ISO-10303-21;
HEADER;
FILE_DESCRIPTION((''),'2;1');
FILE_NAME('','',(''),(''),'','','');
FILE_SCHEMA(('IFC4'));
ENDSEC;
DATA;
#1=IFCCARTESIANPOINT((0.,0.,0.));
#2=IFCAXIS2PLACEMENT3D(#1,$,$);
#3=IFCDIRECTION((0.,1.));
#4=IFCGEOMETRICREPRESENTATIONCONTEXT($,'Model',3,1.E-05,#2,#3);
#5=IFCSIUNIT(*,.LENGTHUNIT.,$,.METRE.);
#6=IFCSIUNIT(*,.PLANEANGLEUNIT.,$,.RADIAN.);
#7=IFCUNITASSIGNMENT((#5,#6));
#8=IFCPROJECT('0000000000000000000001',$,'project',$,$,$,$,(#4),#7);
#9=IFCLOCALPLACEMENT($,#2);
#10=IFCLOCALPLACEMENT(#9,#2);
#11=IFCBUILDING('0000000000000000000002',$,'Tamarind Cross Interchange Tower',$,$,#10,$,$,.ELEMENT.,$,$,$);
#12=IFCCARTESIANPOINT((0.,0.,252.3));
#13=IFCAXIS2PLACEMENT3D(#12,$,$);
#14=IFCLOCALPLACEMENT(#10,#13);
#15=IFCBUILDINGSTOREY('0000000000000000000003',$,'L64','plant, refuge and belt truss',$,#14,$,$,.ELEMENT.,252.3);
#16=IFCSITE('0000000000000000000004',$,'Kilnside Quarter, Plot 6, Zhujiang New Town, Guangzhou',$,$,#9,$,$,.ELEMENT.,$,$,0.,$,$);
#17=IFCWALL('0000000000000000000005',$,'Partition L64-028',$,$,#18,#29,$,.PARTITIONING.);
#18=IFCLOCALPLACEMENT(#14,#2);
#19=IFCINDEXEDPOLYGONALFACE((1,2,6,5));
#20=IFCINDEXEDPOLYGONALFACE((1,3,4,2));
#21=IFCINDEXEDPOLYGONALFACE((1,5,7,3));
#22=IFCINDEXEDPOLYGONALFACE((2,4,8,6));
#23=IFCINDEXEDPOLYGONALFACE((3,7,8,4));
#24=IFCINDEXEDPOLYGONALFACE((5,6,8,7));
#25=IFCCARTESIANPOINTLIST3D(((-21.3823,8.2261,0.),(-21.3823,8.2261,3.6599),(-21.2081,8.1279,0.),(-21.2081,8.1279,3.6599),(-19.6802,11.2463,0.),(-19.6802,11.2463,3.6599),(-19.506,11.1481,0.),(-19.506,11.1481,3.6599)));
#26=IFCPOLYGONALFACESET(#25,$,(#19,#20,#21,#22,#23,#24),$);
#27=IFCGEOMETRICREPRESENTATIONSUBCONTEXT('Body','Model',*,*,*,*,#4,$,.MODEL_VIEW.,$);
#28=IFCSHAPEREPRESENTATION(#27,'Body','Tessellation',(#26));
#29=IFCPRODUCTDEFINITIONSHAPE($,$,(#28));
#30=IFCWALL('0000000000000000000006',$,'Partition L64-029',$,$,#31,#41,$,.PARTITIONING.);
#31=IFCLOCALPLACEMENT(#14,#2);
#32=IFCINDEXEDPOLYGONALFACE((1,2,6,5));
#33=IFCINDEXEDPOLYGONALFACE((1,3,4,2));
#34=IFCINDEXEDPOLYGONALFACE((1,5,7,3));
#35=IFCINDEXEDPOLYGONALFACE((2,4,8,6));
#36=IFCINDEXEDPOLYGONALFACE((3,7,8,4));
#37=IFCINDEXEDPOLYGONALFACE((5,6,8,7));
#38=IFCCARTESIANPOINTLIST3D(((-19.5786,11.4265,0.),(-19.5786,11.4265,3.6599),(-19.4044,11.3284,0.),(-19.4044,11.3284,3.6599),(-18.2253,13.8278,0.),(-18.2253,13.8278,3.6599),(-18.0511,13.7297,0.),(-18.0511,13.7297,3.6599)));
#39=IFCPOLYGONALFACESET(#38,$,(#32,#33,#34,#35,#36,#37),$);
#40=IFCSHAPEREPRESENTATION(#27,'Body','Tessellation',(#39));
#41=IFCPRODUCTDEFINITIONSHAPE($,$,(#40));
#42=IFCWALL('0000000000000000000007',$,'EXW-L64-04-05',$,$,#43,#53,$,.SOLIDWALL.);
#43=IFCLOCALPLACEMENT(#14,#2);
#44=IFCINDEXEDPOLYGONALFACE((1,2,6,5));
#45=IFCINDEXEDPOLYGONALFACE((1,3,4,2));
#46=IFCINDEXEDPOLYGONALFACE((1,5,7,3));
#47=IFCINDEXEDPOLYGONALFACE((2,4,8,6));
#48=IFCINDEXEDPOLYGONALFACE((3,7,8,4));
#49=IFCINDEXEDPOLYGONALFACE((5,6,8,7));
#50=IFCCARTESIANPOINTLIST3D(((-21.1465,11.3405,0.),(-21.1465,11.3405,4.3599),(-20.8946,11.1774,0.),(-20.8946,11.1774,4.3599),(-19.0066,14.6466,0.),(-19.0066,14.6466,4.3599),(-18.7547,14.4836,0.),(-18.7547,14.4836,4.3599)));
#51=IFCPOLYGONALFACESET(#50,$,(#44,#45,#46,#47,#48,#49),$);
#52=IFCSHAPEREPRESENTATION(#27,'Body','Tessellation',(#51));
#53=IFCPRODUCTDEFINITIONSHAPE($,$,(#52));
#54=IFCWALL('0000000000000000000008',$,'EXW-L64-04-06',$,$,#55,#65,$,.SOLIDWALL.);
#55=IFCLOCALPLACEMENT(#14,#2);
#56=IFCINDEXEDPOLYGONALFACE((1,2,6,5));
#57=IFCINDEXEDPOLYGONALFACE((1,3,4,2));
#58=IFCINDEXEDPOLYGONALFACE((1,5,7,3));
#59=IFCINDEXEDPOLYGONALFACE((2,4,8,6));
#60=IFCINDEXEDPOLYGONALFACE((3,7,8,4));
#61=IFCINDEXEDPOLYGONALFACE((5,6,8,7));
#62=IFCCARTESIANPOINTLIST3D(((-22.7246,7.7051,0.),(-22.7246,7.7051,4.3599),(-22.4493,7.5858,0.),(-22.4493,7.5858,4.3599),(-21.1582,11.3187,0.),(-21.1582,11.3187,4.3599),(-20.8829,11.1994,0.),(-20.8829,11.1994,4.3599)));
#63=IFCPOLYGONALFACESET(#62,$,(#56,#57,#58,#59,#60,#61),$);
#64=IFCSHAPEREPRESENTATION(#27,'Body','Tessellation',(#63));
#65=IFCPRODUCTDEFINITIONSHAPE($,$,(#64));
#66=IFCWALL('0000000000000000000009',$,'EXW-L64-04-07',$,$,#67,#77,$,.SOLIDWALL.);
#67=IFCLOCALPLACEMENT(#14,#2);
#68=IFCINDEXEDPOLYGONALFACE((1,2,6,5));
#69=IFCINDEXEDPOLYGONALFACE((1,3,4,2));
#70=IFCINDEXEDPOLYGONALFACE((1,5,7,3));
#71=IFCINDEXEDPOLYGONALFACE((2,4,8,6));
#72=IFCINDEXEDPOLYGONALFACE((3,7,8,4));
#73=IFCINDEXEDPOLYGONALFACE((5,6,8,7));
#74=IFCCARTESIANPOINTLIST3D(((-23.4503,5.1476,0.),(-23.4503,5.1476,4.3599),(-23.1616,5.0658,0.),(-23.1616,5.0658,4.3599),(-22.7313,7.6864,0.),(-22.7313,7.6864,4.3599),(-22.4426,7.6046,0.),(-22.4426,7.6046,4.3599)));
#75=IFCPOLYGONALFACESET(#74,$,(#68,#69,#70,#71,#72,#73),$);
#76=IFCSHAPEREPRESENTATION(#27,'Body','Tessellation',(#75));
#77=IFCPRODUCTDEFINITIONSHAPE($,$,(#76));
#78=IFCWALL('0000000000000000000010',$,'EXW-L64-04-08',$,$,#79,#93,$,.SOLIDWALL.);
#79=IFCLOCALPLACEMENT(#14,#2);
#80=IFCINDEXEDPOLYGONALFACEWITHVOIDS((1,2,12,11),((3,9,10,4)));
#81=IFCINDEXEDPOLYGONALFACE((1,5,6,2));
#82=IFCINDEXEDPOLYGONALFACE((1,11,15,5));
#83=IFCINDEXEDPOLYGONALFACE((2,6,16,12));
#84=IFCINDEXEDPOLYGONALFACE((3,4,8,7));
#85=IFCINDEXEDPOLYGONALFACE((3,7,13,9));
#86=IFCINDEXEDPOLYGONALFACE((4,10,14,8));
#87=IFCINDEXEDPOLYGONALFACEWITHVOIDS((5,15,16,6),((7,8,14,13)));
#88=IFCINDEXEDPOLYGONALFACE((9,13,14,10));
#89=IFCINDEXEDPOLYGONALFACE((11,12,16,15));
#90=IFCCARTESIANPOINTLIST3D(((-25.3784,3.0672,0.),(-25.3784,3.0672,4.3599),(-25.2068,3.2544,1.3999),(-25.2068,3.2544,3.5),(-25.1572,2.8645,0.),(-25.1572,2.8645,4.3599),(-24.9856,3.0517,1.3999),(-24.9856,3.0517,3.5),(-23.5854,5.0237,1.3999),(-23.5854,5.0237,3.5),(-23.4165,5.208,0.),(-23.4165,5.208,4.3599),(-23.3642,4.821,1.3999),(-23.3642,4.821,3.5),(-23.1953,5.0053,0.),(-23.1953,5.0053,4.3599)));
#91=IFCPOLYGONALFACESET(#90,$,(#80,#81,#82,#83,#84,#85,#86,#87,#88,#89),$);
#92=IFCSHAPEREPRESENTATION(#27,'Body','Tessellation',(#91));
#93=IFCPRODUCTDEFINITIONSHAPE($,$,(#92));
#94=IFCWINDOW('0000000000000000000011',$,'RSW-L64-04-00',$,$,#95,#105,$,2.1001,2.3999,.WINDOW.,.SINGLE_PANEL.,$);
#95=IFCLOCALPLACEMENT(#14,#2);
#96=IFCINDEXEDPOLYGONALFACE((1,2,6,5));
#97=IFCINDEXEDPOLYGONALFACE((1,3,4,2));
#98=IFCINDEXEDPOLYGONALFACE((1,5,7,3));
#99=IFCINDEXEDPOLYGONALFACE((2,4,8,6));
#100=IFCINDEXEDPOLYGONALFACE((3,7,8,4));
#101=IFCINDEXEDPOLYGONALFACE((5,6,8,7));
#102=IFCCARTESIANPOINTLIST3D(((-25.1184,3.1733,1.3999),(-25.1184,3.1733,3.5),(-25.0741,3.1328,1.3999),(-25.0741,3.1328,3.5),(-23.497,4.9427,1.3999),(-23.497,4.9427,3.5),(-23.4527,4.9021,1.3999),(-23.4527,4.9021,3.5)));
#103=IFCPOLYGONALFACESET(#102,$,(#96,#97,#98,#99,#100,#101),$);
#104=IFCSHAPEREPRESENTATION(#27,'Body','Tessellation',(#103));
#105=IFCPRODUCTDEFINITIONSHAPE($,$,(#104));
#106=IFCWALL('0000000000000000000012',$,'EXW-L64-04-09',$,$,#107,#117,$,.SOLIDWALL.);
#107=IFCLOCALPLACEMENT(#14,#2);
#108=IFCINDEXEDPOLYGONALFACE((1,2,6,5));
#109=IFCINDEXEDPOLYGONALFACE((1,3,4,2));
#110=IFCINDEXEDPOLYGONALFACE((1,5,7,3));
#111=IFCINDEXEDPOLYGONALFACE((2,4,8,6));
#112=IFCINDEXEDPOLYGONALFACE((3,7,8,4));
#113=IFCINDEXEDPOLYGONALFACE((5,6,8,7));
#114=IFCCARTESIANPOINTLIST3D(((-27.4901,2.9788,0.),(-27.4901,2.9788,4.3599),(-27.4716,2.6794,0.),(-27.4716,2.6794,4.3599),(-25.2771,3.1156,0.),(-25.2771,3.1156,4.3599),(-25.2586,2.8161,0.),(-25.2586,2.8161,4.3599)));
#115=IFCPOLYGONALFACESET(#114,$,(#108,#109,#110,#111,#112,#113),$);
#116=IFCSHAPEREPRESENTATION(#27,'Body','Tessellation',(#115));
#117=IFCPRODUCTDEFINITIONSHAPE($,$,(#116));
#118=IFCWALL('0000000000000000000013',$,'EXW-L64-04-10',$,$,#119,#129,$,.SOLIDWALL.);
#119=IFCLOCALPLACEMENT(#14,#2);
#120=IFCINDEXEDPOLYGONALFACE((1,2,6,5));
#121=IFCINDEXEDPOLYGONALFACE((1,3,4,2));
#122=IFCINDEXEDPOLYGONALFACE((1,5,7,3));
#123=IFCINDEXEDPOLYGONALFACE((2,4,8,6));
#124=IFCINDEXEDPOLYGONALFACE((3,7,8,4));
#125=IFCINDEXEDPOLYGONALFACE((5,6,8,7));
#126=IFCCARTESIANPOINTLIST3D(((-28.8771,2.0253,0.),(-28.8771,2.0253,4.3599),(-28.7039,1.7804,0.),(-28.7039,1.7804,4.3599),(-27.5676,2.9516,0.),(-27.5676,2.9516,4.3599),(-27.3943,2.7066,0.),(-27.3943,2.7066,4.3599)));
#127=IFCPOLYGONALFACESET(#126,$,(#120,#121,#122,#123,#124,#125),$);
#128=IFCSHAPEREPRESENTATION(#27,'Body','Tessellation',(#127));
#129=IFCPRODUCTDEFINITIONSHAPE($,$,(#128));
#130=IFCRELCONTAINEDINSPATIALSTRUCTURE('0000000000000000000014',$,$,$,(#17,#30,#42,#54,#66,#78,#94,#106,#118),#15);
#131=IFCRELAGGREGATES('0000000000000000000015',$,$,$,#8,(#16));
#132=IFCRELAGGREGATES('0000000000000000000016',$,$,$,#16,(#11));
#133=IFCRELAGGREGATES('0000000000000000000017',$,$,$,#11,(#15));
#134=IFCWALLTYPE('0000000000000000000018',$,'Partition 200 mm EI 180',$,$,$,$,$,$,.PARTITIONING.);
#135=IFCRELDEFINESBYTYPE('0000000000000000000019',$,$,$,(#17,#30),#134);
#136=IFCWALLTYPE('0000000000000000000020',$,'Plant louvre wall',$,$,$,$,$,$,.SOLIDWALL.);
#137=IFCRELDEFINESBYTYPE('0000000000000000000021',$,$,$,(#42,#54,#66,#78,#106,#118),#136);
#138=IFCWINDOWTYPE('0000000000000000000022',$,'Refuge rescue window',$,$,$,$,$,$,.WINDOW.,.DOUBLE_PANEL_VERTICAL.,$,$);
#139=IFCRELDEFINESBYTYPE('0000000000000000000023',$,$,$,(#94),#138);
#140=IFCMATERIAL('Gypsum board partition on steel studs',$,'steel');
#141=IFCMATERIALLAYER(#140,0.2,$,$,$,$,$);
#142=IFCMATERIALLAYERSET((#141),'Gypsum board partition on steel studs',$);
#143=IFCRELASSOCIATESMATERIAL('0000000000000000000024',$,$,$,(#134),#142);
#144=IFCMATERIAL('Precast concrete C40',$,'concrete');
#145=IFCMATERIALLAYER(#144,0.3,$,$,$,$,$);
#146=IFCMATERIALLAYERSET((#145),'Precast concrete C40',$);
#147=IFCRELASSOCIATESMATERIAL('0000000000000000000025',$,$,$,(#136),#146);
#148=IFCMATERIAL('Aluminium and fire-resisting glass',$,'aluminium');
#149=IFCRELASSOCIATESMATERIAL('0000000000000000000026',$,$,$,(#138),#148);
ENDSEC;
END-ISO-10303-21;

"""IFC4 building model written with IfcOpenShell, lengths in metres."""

from ifc_helpers import new_model, si_unit, direction, frame, frame_2d, origin, place, context, subcontext, project, spatial, rectangle, extrude, material, layer, layer_set, type_object, element, fill, save


model = new_model("IFC4")

# Units and contexts
model_context = context("Model", 3, precision=1e-05, world=origin(), true_north=direction((0.0, 1.0)))
body_context = subcontext(model_context, "Body", "Model", "MODEL_VIEW")
ifc_project = project(units=[si_unit("LENGTHUNIT", "METRE"), si_unit("PLANEANGLEUNIT", "RADIAN")], contexts=[model_context])

# Site, building, storey
site_placement = place(None, origin())
site = spatial("IfcSite", under=ifc_project, at=site_placement, Name="Kilnside Quarter, Plot 6, Zhujiang New Town, Guangzhou", CompositionType="ELEMENT", RefElevation=0.0)
building_placement = place(site_placement, origin())
building = spatial("IfcBuilding", under=site, at=building_placement, Name="Tamarind Cross Interchange Tower", CompositionType="ELEMENT")
storey_placement = place(building_placement, frame((0.0, 0.0, 252.3)))
storey = spatial("IfcBuildingStorey", under=building, at=storey_placement, Name="L64", Description="plant, refuge and belt truss", CompositionType="ELEMENT", Elevation=252.3)

# Walls
ifc_material_1 = material(Name="Gypsum board partition on steel studs", Category="steel")
ifc_layer_1 = layer(ifc_material_1, 0.2)
ifc_layer_set_1 = layer_set([ifc_layer_1], Name="Gypsum board partition on steel studs")
wall_type_1 = type_object("IfcWallType", Name="Partition 200 mm EI 180", PredefinedType="PARTITIONING", material=ifc_layer_set_1)
wall_1_placement = place(storey_placement, frame((-21.2952, 8.177, 0.0), z_axis=(0.0, 0.0, 1.0), x_axis=(0.490973, 0.871175, 0.0)))
element("IfcWall", 1, at=wall_1_placement, inside=storey, type_object=wall_type_1, Name="Partition L64-028", PredefinedType="PARTITIONING", context=body_context, shape_type="SweptSolid", body=[
    extrude(rectangle(XDim=3.4668, YDim=0.2, at=frame_2d((1.7334, 0.0))), origin(), (0.0, 0.0, 1.0), 3.6599),
])
wall_2_placement = place(storey_placement, frame((-19.4915, 11.3774, 0.0), z_axis=(0.0, 0.0, 1.0), x_axis=(0.490951, 0.871187, 0.0)))
element("IfcWall", 2, at=wall_2_placement, inside=storey, type_object=wall_type_1, Name="Partition L64-029", PredefinedType="PARTITIONING", context=body_context, shape_type="SweptSolid", body=[
    extrude(rectangle(XDim=2.7563, YDim=0.2, at=frame_2d((1.3782, 0.0))), origin(), (0.0, 0.0, 1.0), 3.6599),
])
ifc_material_2 = material(Name="Precast concrete C40", Category="concrete")
ifc_layer_2 = layer(ifc_material_2, 0.3)
ifc_layer_set_2 = layer_set([ifc_layer_2], Name="Precast concrete C40")
wall_type_2 = type_object("IfcWallType", Name="Plant louvre wall", PredefinedType="SOLIDWALL", material=ifc_layer_set_2)
wall_3_placement = place(storey_placement, frame((-18.8806, 14.5652, 0.0), z_axis=(0.0, 0.0, 1.0), x_axis=(-0.543362, -0.839499, 0.0)))
element("IfcWall", 3, at=wall_3_placement, inside=storey, type_object=wall_type_2, Name="EXW-L64-04-05", PredefinedType="SOLIDWALL", context=body_context, shape_type="SweptSolid", body=[
    extrude(rectangle(XDim=3.9382, YDim=0.3, at=frame_2d((1.9692, 0.0))), origin(), (0.0, 0.0, 1.0), 4.3599),
])
wall_4_placement = place(storey_placement, frame((-21.0205, 11.259, 0.0), z_axis=(0.0, 0.0, 1.0), x_axis=(-0.397724, -0.917505, 0.0)))
element("IfcWall", 4, at=wall_4_placement, inside=storey, type_object=wall_type_2, Name="EXW-L64-04-06", PredefinedType="SOLIDWALL", context=body_context, shape_type="SweptSolid", body=[
    extrude(rectangle(XDim=3.9385, YDim=0.3, at=frame_2d((1.9692, 0.0))), origin(), (0.0, 0.0, 1.0), 4.3599),
])
wall_5_placement = place(storey_placement, frame((-22.5869, 7.6455, 0.0), z_axis=(0.0, 0.0, 1.0), x_axis=(-0.272484, -0.96216, 0.0)))
element("IfcWall", 5, at=wall_5_placement, inside=storey, type_object=wall_type_2, Name="EXW-L64-04-07", PredefinedType="SOLIDWALL", context=body_context, shape_type="SweptSolid", body=[
    extrude(rectangle(XDim=2.6387, YDim=0.3, at=frame_2d((1.3193, 0.0))), origin(), (0.0, 0.0, 1.0), 4.3599),
])

# Wall, opening, window
wall_6_placement = place(storey_placement, frame((-23.3059, 5.1067, 0.0), z_axis=(0.0, 0.0, 1.0), x_axis=(-0.675622, -0.737248, 0.0)))
wall_6 = element("IfcWall", 6, at=wall_6_placement, inside=storey, type_object=wall_type_2, Name="EXW-L64-04-08", PredefinedType="SOLIDWALL", context=body_context, shape_type="SweptSolid", body=[
    extrude(rectangle(XDim=2.9038, YDim=0.3, at=frame_2d((1.4519, 0.0))), origin(), (0.0, 0.0, 1.0), 4.3599),
])
opening_placement = place(wall_6_placement, frame((0.25, 0.0, 1.3999)))
opening = element("IfcOpeningElement", 7, at=opening_placement, cuts=wall_6, PredefinedType="OPENING", context=body_context, shape_type="SweptSolid", body=[
    extrude(rectangle(XDim=2.3999, YDim=2.1001, at=frame_2d((1.2, 1.05))), frame((0.0, 0.1599, 0.0), z_axis=(0.0, -1.0, 0.0), x_axis=(1.0, 0.0, 0.0)), (0.0, 0.0, 1.0), 0.3201),
])
ifc_material_3 = material(Name="Aluminium and fire-resisting glass", Category="aluminium")
window_type = type_object("IfcWindowType", Name="Refuge rescue window", PartitioningType="DOUBLE_PANEL_VERTICAL", PredefinedType="WINDOW", material=ifc_material_3)
window_placement = place(opening_placement, origin())
window = element("IfcWindow", 8, at=window_placement, inside=storey, type_object=window_type, Name="RSW-L64-04-00", OverallHeight=2.1001, OverallWidth=2.3999, PartitioningType="SINGLE_PANEL", PredefinedType="WINDOW", context=body_context, shape_type="SweptSolid", body=[
    extrude(rectangle(XDim=2.3999, YDim=2.1001, at=frame_2d((1.2, 1.05))), frame((0.0, 0.03, 0.0), z_axis=(0.0, -1.0, 0.0), x_axis=(1.0, 0.0, 0.0)), (0.0, 0.0, 1.0), 0.0601),
])
fill(opening, window)

# Walls
wall_7_placement = place(storey_placement, frame((-25.2678, 2.9658, 0.0), z_axis=(0.0, 0.0, 1.0), x_axis=(-0.998097, -0.061659, 0.0)))
element("IfcWall", 9, at=wall_7_placement, inside=storey, type_object=wall_type_2, Name="EXW-L64-04-09", PredefinedType="SOLIDWALL", context=body_context, shape_type="SweptSolid", body=[
    extrude(rectangle(XDim=2.2173, YDim=0.3, at=frame_2d((1.1086, 0.0))), origin(), (0.0, 0.0, 1.0), 4.3599),
])
wall_8_placement = place(storey_placement, frame((-27.481, 2.8291, 0.0), z_axis=(0.0, 0.0, 1.0), x_axis=(-0.816419, -0.57746, 0.0)))
element("IfcWall", 10, at=wall_8_placement, inside=storey, type_object=wall_type_2, Name="EXW-L64-04-10", PredefinedType="SOLIDWALL", context=body_context, shape_type="SweptSolid", body=[
    extrude(rectangle(XDim=1.604, YDim=0.3, at=frame_2d((0.802, 0.0))), origin(), (0.0, 0.0, 1.0), 4.3599),
])

save(model, "model.ifc")
